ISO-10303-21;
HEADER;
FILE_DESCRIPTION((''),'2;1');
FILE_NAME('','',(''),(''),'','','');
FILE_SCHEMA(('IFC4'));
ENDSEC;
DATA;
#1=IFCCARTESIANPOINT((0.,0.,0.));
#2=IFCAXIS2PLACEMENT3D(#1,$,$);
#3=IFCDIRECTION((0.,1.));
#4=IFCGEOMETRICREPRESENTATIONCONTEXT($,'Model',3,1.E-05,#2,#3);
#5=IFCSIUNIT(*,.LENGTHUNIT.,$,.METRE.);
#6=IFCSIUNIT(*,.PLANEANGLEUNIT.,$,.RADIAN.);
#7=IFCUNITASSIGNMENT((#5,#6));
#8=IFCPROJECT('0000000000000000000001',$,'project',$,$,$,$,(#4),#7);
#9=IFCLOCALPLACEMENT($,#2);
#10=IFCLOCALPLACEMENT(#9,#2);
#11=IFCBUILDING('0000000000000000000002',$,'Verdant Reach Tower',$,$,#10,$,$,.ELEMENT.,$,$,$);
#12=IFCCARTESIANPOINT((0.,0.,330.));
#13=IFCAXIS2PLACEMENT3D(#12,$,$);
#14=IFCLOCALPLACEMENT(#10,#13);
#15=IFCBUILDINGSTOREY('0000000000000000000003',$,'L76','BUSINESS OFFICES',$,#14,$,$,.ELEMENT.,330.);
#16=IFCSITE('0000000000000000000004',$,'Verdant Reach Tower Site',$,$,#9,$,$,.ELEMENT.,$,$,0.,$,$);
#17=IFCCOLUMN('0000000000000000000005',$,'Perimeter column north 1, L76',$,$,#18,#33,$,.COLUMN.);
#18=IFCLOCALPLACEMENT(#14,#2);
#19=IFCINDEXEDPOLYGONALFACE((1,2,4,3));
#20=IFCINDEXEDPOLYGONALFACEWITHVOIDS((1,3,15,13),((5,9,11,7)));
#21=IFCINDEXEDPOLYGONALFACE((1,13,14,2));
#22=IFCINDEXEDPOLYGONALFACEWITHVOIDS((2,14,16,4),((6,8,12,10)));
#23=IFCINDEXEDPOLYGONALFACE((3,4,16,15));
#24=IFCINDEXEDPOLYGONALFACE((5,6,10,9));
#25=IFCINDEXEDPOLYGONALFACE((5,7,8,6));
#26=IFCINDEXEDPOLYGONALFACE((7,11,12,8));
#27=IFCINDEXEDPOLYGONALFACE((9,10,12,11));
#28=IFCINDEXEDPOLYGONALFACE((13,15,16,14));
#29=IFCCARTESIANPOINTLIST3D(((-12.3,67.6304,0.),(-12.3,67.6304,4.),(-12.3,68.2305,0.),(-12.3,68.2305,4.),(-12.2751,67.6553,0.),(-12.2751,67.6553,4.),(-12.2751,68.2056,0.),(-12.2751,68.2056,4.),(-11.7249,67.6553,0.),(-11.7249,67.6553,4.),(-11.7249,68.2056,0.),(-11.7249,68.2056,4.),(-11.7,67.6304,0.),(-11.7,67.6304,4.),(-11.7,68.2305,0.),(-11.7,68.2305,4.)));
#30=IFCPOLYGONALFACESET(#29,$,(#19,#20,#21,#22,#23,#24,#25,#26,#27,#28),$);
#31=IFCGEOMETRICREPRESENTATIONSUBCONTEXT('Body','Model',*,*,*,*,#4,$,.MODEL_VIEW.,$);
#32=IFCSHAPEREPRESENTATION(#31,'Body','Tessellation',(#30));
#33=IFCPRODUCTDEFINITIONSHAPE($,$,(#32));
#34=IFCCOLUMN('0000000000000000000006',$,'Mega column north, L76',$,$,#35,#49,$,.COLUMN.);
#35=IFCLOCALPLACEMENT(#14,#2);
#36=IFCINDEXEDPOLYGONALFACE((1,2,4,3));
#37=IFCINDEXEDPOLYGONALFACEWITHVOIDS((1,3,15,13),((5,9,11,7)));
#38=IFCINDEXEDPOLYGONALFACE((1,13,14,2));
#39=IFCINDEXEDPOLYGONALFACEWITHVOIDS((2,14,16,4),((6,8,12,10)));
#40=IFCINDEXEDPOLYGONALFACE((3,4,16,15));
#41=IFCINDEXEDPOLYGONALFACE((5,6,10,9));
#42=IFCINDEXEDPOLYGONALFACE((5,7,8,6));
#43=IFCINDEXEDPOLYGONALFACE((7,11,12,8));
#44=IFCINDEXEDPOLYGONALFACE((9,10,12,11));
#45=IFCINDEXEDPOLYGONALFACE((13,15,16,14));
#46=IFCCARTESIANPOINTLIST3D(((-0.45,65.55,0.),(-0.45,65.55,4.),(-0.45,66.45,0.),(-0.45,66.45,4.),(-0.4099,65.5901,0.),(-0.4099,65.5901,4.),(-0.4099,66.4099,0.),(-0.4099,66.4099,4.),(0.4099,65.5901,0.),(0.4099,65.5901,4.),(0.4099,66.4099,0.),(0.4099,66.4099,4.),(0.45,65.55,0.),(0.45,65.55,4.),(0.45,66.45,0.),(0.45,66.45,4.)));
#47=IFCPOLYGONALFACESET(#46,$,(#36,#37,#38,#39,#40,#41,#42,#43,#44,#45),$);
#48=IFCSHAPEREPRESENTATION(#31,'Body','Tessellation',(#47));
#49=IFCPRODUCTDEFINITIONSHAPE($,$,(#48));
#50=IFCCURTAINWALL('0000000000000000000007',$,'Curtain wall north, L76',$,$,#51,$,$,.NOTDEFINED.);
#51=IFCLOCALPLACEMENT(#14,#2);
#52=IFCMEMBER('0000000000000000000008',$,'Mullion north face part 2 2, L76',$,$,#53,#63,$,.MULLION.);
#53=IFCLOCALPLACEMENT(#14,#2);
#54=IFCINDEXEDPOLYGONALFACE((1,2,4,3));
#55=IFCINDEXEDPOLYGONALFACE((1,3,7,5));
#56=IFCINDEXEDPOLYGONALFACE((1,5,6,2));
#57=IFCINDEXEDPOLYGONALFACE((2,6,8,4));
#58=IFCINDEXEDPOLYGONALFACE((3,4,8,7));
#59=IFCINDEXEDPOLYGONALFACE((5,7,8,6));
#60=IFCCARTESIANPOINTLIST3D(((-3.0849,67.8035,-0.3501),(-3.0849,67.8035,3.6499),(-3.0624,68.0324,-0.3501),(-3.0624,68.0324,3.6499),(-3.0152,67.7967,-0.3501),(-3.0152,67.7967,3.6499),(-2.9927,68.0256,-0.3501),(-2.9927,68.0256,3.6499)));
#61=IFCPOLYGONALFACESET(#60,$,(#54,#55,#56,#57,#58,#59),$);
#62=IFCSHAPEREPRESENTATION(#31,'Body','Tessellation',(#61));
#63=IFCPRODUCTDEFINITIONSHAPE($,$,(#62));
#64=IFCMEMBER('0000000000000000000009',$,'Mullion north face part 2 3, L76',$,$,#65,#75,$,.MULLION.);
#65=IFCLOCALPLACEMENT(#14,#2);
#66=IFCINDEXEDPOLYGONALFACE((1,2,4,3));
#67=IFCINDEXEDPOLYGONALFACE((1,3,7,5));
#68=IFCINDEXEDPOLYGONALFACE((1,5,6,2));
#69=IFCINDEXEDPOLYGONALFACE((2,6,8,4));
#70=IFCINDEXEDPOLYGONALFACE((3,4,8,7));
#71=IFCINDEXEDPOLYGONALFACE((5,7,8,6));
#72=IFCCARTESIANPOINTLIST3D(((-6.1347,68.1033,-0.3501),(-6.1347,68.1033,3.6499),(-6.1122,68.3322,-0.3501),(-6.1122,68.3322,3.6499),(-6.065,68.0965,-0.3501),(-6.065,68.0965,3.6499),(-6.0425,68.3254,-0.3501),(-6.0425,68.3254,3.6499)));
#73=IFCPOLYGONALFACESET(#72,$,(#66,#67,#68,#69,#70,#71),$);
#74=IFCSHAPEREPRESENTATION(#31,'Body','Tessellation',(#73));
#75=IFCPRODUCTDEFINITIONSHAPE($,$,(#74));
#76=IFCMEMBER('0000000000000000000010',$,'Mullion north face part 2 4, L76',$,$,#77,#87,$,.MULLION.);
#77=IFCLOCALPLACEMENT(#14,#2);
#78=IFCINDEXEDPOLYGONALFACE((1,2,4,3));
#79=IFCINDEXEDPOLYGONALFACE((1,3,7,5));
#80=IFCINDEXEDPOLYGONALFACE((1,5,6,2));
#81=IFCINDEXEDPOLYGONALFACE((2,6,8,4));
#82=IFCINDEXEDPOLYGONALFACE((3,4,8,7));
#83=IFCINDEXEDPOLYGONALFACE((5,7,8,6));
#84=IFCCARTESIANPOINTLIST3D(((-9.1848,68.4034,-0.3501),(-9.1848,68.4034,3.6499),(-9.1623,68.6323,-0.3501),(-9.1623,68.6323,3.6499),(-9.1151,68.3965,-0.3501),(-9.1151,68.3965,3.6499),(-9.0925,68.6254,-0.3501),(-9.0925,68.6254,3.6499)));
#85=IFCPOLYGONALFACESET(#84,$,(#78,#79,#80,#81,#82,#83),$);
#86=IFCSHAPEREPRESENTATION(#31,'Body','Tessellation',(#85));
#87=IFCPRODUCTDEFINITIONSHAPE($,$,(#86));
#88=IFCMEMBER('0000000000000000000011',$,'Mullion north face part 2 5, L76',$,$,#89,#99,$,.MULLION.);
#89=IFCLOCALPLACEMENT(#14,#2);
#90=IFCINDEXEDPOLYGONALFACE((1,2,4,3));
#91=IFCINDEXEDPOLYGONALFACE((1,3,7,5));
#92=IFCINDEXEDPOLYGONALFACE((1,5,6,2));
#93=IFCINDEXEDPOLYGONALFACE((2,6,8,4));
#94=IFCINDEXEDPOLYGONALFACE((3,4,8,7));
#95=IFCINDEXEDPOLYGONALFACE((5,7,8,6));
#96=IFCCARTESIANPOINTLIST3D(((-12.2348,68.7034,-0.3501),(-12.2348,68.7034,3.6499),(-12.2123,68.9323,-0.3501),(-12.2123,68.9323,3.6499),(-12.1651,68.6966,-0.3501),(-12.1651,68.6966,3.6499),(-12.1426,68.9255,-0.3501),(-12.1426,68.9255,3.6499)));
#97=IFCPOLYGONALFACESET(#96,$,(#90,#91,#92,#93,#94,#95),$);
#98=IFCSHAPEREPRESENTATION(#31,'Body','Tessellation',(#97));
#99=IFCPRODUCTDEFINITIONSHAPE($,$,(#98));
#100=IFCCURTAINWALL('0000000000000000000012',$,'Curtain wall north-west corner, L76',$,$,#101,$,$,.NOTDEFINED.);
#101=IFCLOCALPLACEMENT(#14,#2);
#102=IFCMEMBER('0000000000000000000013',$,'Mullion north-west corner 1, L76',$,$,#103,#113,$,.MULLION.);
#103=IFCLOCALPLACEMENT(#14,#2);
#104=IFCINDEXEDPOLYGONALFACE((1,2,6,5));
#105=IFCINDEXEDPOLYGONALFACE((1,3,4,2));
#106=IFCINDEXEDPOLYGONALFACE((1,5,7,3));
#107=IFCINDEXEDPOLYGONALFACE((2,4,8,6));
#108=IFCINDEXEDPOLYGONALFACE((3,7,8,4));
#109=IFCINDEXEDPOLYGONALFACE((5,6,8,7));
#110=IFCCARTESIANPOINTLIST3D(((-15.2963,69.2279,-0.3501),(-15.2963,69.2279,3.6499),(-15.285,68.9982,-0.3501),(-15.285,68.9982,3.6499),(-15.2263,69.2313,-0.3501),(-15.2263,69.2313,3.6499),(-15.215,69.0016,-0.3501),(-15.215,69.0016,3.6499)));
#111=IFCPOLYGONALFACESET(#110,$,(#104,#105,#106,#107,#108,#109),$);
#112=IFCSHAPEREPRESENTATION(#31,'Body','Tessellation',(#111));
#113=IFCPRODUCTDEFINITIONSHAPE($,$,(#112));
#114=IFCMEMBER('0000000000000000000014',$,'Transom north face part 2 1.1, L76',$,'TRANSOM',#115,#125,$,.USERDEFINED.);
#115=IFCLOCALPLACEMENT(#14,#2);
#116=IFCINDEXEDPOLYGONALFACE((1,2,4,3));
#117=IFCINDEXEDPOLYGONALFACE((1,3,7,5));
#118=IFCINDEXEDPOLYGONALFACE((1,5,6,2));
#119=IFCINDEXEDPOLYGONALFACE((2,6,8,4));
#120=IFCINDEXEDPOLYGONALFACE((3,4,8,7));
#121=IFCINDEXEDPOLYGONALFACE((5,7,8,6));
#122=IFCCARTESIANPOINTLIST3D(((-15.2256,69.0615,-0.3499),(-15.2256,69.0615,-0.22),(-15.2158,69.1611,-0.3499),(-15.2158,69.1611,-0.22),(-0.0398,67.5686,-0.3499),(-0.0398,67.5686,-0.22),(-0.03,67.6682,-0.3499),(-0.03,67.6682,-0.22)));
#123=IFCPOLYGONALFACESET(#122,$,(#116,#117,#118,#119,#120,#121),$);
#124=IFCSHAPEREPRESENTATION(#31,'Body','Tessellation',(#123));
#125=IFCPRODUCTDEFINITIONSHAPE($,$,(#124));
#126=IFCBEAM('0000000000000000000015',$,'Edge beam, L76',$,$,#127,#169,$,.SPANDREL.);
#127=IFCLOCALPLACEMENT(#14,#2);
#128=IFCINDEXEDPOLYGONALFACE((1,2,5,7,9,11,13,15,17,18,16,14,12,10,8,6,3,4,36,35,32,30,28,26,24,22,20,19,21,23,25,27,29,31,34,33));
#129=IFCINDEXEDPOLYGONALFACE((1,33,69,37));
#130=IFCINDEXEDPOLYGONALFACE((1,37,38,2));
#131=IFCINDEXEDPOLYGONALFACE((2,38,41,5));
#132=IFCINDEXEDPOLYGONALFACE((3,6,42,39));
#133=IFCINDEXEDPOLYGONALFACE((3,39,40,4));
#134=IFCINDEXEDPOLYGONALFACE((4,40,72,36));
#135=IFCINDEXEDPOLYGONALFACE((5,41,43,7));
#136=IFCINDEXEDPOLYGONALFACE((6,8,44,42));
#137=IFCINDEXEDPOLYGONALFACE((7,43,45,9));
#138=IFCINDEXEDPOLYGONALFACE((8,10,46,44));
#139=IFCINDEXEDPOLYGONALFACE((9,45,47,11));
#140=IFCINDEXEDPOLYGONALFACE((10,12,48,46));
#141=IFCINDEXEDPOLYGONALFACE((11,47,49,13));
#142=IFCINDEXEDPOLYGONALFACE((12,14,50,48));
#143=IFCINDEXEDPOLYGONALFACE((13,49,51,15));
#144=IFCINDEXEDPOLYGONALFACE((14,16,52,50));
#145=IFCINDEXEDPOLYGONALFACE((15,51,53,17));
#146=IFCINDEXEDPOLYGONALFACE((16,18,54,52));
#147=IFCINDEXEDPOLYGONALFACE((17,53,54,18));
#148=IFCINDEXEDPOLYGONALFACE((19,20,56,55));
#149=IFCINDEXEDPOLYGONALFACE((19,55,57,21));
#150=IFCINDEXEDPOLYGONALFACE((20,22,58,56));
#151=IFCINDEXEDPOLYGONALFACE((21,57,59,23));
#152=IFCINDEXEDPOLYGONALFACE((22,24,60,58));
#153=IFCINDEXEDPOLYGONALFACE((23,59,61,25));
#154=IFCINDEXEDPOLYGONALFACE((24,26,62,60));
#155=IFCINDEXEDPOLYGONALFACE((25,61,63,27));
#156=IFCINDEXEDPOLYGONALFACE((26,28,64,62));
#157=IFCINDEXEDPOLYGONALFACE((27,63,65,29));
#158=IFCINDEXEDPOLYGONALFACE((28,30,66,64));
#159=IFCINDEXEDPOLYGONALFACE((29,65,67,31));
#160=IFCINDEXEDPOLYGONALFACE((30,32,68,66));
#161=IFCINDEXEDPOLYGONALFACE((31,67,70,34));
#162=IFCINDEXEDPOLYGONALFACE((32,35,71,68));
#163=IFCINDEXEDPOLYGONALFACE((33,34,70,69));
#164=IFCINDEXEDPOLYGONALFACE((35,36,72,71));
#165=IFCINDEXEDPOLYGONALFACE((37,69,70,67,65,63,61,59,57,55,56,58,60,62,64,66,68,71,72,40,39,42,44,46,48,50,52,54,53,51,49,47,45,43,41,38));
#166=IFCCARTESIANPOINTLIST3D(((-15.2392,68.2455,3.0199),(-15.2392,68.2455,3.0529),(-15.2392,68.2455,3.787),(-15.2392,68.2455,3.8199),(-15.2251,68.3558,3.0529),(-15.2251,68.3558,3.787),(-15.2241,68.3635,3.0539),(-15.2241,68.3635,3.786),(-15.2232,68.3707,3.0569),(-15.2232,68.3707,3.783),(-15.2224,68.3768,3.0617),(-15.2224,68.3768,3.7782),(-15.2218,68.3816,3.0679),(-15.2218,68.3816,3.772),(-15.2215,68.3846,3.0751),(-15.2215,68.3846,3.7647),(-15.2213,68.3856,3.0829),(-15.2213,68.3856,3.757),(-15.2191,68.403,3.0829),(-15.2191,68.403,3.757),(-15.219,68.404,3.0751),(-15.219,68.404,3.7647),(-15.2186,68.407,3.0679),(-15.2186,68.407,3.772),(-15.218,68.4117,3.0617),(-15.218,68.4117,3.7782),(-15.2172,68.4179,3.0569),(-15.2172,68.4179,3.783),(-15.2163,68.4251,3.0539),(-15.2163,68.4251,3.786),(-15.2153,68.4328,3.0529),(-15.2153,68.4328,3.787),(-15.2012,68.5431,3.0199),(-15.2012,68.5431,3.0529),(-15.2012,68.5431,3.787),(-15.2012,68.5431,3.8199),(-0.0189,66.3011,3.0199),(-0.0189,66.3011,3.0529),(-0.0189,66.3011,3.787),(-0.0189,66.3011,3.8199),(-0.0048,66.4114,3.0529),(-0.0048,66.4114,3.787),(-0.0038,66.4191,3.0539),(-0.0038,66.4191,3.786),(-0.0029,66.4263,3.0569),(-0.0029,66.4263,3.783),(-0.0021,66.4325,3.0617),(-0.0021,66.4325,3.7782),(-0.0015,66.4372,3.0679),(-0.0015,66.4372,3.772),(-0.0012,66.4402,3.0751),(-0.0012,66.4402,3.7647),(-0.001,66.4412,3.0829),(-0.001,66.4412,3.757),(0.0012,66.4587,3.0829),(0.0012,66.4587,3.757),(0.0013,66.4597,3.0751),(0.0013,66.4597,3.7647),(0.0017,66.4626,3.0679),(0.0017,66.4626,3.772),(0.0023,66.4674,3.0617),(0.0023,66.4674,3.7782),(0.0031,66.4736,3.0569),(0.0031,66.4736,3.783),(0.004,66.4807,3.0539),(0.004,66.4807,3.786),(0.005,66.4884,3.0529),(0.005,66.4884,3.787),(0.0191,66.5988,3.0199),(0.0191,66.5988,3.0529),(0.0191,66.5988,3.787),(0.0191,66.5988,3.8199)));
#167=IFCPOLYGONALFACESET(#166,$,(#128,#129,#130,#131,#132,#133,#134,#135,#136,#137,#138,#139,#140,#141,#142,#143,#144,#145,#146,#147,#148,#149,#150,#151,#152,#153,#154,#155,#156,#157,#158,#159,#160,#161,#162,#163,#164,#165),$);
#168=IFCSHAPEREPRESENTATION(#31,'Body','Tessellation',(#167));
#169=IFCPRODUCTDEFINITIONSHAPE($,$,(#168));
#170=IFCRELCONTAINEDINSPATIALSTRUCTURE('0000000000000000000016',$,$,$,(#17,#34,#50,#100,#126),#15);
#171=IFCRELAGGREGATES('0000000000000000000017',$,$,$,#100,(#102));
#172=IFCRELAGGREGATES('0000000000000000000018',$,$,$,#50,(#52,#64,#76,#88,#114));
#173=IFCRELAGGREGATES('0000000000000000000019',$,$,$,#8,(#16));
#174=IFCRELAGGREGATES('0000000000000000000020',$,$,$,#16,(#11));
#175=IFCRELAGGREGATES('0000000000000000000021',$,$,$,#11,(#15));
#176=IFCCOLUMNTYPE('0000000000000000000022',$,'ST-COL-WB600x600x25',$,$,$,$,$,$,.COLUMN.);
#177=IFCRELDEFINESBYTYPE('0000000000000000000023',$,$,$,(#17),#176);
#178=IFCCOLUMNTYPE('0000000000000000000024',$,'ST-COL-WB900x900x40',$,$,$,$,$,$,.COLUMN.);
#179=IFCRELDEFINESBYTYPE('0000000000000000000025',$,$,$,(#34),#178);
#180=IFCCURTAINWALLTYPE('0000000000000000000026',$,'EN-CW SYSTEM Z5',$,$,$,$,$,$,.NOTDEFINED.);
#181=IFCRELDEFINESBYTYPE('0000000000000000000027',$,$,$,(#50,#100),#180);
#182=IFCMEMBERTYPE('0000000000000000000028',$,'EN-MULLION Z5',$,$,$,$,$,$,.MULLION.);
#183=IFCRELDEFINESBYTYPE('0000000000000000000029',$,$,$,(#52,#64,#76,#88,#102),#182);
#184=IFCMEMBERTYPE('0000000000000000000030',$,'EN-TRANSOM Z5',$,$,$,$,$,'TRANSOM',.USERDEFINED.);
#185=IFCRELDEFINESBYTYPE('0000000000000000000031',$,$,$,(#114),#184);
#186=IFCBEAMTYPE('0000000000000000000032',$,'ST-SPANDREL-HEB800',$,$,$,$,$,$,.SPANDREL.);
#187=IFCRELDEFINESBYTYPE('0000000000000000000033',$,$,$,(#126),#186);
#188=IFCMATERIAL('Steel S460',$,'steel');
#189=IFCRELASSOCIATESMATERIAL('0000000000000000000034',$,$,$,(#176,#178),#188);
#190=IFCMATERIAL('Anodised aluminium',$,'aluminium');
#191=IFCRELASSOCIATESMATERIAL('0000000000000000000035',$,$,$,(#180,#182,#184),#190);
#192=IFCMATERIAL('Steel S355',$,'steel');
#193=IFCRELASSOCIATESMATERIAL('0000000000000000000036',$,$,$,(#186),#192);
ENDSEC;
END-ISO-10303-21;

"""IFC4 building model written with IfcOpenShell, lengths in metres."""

from ifc_helpers import new_model, si_unit, direction, frame, origin, origin_2d, place, context, subcontext, project, spatial, rectangle, hollow_rectangle, i_section, extrude, material, material_profile, profile_set, type_object, element, aggregate, save


model = new_model("IFC4")

# Units and contexts
model_context = context("Model", 3, precision=1e-05, world=origin(), true_north=direction((0.0, 1.0)))
body_context = subcontext(model_context, "Body", "Model", "MODEL_VIEW")
ifc_project = project(units=[si_unit("LENGTHUNIT", "METRE"), si_unit("PLANEANGLEUNIT", "RADIAN")], contexts=[model_context])

# Site, building, storey
site_placement = place(None, origin())
site = spatial("IfcSite", under=ifc_project, at=site_placement, Name="Verdant Reach Tower Site", CompositionType="ELEMENT", RefElevation=0.0)
building_placement = place(site_placement, origin())
building = spatial("IfcBuilding", under=site, at=building_placement, Name="Verdant Reach Tower", CompositionType="ELEMENT")
storey_placement = place(building_placement, frame((0.0, 0.0, 330.0)))
storey = spatial("IfcBuildingStorey", under=building, at=storey_placement, Name="L76", Description="BUSINESS OFFICES", CompositionType="ELEMENT", Elevation=330.0)

# Columns
ifc_material_1 = material(Name="Steel S460", Category="steel")
ifc_material_profile_1 = material_profile(ifc_material_1, hollow_rectangle(XDim=0.6001, YDim=0.6001, WallThickness=0.0249, at=origin_2d()), Name="WB 600x600x25")
ifc_profile_set_1 = profile_set([ifc_material_profile_1], Name="Steel S460")
column_type_1 = type_object("IfcColumnType", Name="ST-COL-WB600x600x25", PredefinedType="COLUMN", material=ifc_profile_set_1)
column_1_placement = place(storey_placement, frame((-12.0, 67.9304, 0.0), z_axis=(0.0, 0.0, 1.0), x_axis=(1.0, 0.0, 0.0)))
element("IfcColumn", 1, at=column_1_placement, inside=storey, type_object=column_type_1, Name="Perimeter column north 1, L76", PredefinedType="COLUMN", context=body_context, shape_type="SweptSolid", body=[
    extrude(hollow_rectangle(XDim=0.6001, YDim=0.6001, WallThickness=0.0249, at=origin_2d()), origin(), (0.0, 0.0, 1.0), 4.0),
])
ifc_material_profile_2 = material_profile(ifc_material_1, hollow_rectangle(XDim=0.8999, YDim=0.8999, WallThickness=0.04, at=origin_2d()), Name="WB 900x900x40")
ifc_profile_set_2 = profile_set([ifc_material_profile_2], Name="Steel S460")
column_type_2 = type_object("IfcColumnType", Name="ST-COL-WB900x900x40", PredefinedType="COLUMN", material=ifc_profile_set_2)
column_2_placement = place(storey_placement, frame((0.0, 66.0, 0.0), z_axis=(0.0, 0.0, 1.0), x_axis=(1.0, 0.0, 0.0)))
element("IfcColumn", 2, at=column_2_placement, inside=storey, type_object=column_type_2, Name="Mega column north, L76", PredefinedType="COLUMN", context=body_context, shape_type="SweptSolid", body=[
    extrude(hollow_rectangle(XDim=0.8999, YDim=0.8999, WallThickness=0.04, at=origin_2d()), origin(), (0.0, 0.0, 1.0), 4.0),
])

# Curtain wall, members
ifc_material_2 = material(Name="Anodised aluminium", Category="aluminium")
curtain_wall_type = type_object("IfcCurtainWallType", Name="EN-CW SYSTEM Z5", PredefinedType="NOTDEFINED", material=ifc_material_2)
curtain_wall_1_placement = place(storey_placement, origin())
curtain_wall_1 = element("IfcCurtainWall", 3, at=curtain_wall_1_placement, inside=storey, type_object=curtain_wall_type, Name="Curtain wall north, L76", PredefinedType="NOTDEFINED")
ifc_material_profile_3 = material_profile(ifc_material_2, rectangle(XDim=0.23, YDim=0.0701, at=origin_2d()), Name="Mullion 70x230")
ifc_profile_set_3 = profile_set([ifc_material_profile_3], Name="Anodised aluminium")
member_type_1 = type_object("IfcMemberType", Name="EN-MULLION Z5", PredefinedType="MULLION", material=ifc_profile_set_3)
member_1_placement = place(storey_placement, frame((-3.0388, 67.9146, -0.3501), z_axis=(0.0, 0.0, 1.0), x_axis=(0.097888, 0.995197, 0.0)))
member_1 = element("IfcMember", 4, at=member_1_placement, type_object=member_type_1, Name="Mullion north face part 2 2, L76", PredefinedType="MULLION", context=body_context, shape_type="SweptSolid", body=[
    extrude(rectangle(XDim=0.23, YDim=0.0701, at=origin_2d()), origin(), (0.0, 0.0, 1.0), 4.0),
])
member_2_placement = place(storey_placement, frame((-6.0886, 68.2144, -0.3501), z_axis=(0.0, 0.0, 1.0), x_axis=(0.097888, 0.995197, 0.0)))
member_2 = element("IfcMember", 5, at=member_2_placement, type_object=member_type_1, Name="Mullion north face part 2 3, L76", PredefinedType="MULLION", context=body_context, shape_type="SweptSolid", body=[
    extrude(rectangle(XDim=0.23, YDim=0.0701, at=origin_2d()), origin(), (0.0, 0.0, 1.0), 4.0),
])
member_3_placement = place(storey_placement, frame((-9.1387, 68.5144, -0.3501), z_axis=(0.0, 0.0, 1.0), x_axis=(0.097888, 0.995197, 0.0)))
member_3 = element("IfcMember", 6, at=member_3_placement, type_object=member_type_1, Name="Mullion north face part 2 4, L76", PredefinedType="MULLION", context=body_context, shape_type="SweptSolid", body=[
    extrude(rectangle(XDim=0.23, YDim=0.0701, at=origin_2d()), origin(), (0.0, 0.0, 1.0), 4.0),
])
member_4_placement = place(storey_placement, frame((-12.1887, 68.8145, -0.3501), z_axis=(0.0, 0.0, 1.0), x_axis=(0.097888, 0.995197, 0.0)))
member_4 = element("IfcMember", 7, at=member_4_placement, type_object=member_type_1, Name="Mullion north face part 2 5, L76", PredefinedType="MULLION", context=body_context, shape_type="SweptSolid", body=[
    extrude(rectangle(XDim=0.23, YDim=0.0701, at=origin_2d()), origin(), (0.0, 0.0, 1.0), 4.0),
])

# Curtain wall, member
curtain_wall_2_placement = place(storey_placement, origin())
curtain_wall_2 = element("IfcCurtainWall", 8, at=curtain_wall_2_placement, inside=storey, type_object=curtain_wall_type, Name="Curtain wall north-west corner, L76", PredefinedType="NOTDEFINED")
member_5_placement = place(storey_placement, frame((-15.2556, 69.1147, -0.3501), z_axis=(0.0, 0.0, 1.0), x_axis=(-0.049128, 0.998793, 0.0)))
member_5 = element("IfcMember", 9, at=member_5_placement, type_object=member_type_1, Name="Mullion north-west corner 1, L76", PredefinedType="MULLION", context=body_context, shape_type="SweptSolid", body=[
    extrude(rectangle(XDim=0.23, YDim=0.0701, at=origin_2d()), origin(), (0.0, 0.0, 1.0), 4.0),
])
aggregate(curtain_wall_2, [member_5])

# Member
ifc_material_profile_4 = material_profile(ifc_material_2, rectangle(XDim=0.1001, YDim=0.1299, at=origin_2d()), Name="Transom 130x100")
ifc_profile_set_4 = profile_set([ifc_material_profile_4], Name="Anodised aluminium")
member_type_2 = type_object("IfcMemberType", Name="EN-TRANSOM Z5", ElementType="TRANSOM", PredefinedType="USERDEFINED", material=ifc_profile_set_4)
member_6_placement = place(storey_placement, frame((-0.0349, 67.6184, -0.2849), z_axis=(-0.995202, 0.097839, 0.0), x_axis=(-0.097839, -0.995202, 0.0)))
member_6 = element("IfcMember", 10, at=member_6_placement, type_object=member_type_2, Name="Transom north face part 2 1.1, L76", ObjectType="TRANSOM", PredefinedType="USERDEFINED", context=body_context, shape_type="SweptSolid", body=[
    extrude(rectangle(XDim=0.1001, YDim=0.1299, at=origin_2d()), origin(), (0.0, 0.0, 1.0), 15.259),
])

# Beam
ifc_material_3 = material(Name="Steel S355", Category="steel")
ifc_material_profile_5 = material_profile(ifc_material_3, i_section(OverallWidth=0.3, OverallDepth=0.8, WebThickness=0.0176, FlangeThickness=0.033, FilletRadius=0.03, at=origin_2d()), Name="HEB 800")
ifc_profile_set_5 = profile_set([ifc_material_profile_5], Name="Steel S355")
beam_type = type_object("IfcBeamType", Name="ST-SPANDREL-HEB800", PredefinedType="SPANDREL", material=ifc_profile_set_5)
for number, where, z_axis, x_axis, name in (
    (11, (-15.2202, 68.3943, 3.4199), (0.991939, -0.126717, 0.0), (0.126717, 0.991939, 0.0), "Edge beam, L76"),
):
    element("IfcBeam", number, at=place(storey_placement, frame(where, z_axis=z_axis, x_axis=x_axis)), inside=storey, type_object=beam_type, Name=name, PredefinedType="SPANDREL", context=body_context, shape_type="SweptSolid", body=[
        extrude(i_section(OverallWidth=0.3, OverallDepth=0.8, WebThickness=0.0176, FlangeThickness=0.033, FilletRadius=0.03, at=origin_2d()), origin(), (0.0, 0.0, 1.0), 15.344),
    ])

aggregate(curtain_wall_1, [member_1, member_2, member_3, member_4, member_6])

save(model, "model.ifc")
